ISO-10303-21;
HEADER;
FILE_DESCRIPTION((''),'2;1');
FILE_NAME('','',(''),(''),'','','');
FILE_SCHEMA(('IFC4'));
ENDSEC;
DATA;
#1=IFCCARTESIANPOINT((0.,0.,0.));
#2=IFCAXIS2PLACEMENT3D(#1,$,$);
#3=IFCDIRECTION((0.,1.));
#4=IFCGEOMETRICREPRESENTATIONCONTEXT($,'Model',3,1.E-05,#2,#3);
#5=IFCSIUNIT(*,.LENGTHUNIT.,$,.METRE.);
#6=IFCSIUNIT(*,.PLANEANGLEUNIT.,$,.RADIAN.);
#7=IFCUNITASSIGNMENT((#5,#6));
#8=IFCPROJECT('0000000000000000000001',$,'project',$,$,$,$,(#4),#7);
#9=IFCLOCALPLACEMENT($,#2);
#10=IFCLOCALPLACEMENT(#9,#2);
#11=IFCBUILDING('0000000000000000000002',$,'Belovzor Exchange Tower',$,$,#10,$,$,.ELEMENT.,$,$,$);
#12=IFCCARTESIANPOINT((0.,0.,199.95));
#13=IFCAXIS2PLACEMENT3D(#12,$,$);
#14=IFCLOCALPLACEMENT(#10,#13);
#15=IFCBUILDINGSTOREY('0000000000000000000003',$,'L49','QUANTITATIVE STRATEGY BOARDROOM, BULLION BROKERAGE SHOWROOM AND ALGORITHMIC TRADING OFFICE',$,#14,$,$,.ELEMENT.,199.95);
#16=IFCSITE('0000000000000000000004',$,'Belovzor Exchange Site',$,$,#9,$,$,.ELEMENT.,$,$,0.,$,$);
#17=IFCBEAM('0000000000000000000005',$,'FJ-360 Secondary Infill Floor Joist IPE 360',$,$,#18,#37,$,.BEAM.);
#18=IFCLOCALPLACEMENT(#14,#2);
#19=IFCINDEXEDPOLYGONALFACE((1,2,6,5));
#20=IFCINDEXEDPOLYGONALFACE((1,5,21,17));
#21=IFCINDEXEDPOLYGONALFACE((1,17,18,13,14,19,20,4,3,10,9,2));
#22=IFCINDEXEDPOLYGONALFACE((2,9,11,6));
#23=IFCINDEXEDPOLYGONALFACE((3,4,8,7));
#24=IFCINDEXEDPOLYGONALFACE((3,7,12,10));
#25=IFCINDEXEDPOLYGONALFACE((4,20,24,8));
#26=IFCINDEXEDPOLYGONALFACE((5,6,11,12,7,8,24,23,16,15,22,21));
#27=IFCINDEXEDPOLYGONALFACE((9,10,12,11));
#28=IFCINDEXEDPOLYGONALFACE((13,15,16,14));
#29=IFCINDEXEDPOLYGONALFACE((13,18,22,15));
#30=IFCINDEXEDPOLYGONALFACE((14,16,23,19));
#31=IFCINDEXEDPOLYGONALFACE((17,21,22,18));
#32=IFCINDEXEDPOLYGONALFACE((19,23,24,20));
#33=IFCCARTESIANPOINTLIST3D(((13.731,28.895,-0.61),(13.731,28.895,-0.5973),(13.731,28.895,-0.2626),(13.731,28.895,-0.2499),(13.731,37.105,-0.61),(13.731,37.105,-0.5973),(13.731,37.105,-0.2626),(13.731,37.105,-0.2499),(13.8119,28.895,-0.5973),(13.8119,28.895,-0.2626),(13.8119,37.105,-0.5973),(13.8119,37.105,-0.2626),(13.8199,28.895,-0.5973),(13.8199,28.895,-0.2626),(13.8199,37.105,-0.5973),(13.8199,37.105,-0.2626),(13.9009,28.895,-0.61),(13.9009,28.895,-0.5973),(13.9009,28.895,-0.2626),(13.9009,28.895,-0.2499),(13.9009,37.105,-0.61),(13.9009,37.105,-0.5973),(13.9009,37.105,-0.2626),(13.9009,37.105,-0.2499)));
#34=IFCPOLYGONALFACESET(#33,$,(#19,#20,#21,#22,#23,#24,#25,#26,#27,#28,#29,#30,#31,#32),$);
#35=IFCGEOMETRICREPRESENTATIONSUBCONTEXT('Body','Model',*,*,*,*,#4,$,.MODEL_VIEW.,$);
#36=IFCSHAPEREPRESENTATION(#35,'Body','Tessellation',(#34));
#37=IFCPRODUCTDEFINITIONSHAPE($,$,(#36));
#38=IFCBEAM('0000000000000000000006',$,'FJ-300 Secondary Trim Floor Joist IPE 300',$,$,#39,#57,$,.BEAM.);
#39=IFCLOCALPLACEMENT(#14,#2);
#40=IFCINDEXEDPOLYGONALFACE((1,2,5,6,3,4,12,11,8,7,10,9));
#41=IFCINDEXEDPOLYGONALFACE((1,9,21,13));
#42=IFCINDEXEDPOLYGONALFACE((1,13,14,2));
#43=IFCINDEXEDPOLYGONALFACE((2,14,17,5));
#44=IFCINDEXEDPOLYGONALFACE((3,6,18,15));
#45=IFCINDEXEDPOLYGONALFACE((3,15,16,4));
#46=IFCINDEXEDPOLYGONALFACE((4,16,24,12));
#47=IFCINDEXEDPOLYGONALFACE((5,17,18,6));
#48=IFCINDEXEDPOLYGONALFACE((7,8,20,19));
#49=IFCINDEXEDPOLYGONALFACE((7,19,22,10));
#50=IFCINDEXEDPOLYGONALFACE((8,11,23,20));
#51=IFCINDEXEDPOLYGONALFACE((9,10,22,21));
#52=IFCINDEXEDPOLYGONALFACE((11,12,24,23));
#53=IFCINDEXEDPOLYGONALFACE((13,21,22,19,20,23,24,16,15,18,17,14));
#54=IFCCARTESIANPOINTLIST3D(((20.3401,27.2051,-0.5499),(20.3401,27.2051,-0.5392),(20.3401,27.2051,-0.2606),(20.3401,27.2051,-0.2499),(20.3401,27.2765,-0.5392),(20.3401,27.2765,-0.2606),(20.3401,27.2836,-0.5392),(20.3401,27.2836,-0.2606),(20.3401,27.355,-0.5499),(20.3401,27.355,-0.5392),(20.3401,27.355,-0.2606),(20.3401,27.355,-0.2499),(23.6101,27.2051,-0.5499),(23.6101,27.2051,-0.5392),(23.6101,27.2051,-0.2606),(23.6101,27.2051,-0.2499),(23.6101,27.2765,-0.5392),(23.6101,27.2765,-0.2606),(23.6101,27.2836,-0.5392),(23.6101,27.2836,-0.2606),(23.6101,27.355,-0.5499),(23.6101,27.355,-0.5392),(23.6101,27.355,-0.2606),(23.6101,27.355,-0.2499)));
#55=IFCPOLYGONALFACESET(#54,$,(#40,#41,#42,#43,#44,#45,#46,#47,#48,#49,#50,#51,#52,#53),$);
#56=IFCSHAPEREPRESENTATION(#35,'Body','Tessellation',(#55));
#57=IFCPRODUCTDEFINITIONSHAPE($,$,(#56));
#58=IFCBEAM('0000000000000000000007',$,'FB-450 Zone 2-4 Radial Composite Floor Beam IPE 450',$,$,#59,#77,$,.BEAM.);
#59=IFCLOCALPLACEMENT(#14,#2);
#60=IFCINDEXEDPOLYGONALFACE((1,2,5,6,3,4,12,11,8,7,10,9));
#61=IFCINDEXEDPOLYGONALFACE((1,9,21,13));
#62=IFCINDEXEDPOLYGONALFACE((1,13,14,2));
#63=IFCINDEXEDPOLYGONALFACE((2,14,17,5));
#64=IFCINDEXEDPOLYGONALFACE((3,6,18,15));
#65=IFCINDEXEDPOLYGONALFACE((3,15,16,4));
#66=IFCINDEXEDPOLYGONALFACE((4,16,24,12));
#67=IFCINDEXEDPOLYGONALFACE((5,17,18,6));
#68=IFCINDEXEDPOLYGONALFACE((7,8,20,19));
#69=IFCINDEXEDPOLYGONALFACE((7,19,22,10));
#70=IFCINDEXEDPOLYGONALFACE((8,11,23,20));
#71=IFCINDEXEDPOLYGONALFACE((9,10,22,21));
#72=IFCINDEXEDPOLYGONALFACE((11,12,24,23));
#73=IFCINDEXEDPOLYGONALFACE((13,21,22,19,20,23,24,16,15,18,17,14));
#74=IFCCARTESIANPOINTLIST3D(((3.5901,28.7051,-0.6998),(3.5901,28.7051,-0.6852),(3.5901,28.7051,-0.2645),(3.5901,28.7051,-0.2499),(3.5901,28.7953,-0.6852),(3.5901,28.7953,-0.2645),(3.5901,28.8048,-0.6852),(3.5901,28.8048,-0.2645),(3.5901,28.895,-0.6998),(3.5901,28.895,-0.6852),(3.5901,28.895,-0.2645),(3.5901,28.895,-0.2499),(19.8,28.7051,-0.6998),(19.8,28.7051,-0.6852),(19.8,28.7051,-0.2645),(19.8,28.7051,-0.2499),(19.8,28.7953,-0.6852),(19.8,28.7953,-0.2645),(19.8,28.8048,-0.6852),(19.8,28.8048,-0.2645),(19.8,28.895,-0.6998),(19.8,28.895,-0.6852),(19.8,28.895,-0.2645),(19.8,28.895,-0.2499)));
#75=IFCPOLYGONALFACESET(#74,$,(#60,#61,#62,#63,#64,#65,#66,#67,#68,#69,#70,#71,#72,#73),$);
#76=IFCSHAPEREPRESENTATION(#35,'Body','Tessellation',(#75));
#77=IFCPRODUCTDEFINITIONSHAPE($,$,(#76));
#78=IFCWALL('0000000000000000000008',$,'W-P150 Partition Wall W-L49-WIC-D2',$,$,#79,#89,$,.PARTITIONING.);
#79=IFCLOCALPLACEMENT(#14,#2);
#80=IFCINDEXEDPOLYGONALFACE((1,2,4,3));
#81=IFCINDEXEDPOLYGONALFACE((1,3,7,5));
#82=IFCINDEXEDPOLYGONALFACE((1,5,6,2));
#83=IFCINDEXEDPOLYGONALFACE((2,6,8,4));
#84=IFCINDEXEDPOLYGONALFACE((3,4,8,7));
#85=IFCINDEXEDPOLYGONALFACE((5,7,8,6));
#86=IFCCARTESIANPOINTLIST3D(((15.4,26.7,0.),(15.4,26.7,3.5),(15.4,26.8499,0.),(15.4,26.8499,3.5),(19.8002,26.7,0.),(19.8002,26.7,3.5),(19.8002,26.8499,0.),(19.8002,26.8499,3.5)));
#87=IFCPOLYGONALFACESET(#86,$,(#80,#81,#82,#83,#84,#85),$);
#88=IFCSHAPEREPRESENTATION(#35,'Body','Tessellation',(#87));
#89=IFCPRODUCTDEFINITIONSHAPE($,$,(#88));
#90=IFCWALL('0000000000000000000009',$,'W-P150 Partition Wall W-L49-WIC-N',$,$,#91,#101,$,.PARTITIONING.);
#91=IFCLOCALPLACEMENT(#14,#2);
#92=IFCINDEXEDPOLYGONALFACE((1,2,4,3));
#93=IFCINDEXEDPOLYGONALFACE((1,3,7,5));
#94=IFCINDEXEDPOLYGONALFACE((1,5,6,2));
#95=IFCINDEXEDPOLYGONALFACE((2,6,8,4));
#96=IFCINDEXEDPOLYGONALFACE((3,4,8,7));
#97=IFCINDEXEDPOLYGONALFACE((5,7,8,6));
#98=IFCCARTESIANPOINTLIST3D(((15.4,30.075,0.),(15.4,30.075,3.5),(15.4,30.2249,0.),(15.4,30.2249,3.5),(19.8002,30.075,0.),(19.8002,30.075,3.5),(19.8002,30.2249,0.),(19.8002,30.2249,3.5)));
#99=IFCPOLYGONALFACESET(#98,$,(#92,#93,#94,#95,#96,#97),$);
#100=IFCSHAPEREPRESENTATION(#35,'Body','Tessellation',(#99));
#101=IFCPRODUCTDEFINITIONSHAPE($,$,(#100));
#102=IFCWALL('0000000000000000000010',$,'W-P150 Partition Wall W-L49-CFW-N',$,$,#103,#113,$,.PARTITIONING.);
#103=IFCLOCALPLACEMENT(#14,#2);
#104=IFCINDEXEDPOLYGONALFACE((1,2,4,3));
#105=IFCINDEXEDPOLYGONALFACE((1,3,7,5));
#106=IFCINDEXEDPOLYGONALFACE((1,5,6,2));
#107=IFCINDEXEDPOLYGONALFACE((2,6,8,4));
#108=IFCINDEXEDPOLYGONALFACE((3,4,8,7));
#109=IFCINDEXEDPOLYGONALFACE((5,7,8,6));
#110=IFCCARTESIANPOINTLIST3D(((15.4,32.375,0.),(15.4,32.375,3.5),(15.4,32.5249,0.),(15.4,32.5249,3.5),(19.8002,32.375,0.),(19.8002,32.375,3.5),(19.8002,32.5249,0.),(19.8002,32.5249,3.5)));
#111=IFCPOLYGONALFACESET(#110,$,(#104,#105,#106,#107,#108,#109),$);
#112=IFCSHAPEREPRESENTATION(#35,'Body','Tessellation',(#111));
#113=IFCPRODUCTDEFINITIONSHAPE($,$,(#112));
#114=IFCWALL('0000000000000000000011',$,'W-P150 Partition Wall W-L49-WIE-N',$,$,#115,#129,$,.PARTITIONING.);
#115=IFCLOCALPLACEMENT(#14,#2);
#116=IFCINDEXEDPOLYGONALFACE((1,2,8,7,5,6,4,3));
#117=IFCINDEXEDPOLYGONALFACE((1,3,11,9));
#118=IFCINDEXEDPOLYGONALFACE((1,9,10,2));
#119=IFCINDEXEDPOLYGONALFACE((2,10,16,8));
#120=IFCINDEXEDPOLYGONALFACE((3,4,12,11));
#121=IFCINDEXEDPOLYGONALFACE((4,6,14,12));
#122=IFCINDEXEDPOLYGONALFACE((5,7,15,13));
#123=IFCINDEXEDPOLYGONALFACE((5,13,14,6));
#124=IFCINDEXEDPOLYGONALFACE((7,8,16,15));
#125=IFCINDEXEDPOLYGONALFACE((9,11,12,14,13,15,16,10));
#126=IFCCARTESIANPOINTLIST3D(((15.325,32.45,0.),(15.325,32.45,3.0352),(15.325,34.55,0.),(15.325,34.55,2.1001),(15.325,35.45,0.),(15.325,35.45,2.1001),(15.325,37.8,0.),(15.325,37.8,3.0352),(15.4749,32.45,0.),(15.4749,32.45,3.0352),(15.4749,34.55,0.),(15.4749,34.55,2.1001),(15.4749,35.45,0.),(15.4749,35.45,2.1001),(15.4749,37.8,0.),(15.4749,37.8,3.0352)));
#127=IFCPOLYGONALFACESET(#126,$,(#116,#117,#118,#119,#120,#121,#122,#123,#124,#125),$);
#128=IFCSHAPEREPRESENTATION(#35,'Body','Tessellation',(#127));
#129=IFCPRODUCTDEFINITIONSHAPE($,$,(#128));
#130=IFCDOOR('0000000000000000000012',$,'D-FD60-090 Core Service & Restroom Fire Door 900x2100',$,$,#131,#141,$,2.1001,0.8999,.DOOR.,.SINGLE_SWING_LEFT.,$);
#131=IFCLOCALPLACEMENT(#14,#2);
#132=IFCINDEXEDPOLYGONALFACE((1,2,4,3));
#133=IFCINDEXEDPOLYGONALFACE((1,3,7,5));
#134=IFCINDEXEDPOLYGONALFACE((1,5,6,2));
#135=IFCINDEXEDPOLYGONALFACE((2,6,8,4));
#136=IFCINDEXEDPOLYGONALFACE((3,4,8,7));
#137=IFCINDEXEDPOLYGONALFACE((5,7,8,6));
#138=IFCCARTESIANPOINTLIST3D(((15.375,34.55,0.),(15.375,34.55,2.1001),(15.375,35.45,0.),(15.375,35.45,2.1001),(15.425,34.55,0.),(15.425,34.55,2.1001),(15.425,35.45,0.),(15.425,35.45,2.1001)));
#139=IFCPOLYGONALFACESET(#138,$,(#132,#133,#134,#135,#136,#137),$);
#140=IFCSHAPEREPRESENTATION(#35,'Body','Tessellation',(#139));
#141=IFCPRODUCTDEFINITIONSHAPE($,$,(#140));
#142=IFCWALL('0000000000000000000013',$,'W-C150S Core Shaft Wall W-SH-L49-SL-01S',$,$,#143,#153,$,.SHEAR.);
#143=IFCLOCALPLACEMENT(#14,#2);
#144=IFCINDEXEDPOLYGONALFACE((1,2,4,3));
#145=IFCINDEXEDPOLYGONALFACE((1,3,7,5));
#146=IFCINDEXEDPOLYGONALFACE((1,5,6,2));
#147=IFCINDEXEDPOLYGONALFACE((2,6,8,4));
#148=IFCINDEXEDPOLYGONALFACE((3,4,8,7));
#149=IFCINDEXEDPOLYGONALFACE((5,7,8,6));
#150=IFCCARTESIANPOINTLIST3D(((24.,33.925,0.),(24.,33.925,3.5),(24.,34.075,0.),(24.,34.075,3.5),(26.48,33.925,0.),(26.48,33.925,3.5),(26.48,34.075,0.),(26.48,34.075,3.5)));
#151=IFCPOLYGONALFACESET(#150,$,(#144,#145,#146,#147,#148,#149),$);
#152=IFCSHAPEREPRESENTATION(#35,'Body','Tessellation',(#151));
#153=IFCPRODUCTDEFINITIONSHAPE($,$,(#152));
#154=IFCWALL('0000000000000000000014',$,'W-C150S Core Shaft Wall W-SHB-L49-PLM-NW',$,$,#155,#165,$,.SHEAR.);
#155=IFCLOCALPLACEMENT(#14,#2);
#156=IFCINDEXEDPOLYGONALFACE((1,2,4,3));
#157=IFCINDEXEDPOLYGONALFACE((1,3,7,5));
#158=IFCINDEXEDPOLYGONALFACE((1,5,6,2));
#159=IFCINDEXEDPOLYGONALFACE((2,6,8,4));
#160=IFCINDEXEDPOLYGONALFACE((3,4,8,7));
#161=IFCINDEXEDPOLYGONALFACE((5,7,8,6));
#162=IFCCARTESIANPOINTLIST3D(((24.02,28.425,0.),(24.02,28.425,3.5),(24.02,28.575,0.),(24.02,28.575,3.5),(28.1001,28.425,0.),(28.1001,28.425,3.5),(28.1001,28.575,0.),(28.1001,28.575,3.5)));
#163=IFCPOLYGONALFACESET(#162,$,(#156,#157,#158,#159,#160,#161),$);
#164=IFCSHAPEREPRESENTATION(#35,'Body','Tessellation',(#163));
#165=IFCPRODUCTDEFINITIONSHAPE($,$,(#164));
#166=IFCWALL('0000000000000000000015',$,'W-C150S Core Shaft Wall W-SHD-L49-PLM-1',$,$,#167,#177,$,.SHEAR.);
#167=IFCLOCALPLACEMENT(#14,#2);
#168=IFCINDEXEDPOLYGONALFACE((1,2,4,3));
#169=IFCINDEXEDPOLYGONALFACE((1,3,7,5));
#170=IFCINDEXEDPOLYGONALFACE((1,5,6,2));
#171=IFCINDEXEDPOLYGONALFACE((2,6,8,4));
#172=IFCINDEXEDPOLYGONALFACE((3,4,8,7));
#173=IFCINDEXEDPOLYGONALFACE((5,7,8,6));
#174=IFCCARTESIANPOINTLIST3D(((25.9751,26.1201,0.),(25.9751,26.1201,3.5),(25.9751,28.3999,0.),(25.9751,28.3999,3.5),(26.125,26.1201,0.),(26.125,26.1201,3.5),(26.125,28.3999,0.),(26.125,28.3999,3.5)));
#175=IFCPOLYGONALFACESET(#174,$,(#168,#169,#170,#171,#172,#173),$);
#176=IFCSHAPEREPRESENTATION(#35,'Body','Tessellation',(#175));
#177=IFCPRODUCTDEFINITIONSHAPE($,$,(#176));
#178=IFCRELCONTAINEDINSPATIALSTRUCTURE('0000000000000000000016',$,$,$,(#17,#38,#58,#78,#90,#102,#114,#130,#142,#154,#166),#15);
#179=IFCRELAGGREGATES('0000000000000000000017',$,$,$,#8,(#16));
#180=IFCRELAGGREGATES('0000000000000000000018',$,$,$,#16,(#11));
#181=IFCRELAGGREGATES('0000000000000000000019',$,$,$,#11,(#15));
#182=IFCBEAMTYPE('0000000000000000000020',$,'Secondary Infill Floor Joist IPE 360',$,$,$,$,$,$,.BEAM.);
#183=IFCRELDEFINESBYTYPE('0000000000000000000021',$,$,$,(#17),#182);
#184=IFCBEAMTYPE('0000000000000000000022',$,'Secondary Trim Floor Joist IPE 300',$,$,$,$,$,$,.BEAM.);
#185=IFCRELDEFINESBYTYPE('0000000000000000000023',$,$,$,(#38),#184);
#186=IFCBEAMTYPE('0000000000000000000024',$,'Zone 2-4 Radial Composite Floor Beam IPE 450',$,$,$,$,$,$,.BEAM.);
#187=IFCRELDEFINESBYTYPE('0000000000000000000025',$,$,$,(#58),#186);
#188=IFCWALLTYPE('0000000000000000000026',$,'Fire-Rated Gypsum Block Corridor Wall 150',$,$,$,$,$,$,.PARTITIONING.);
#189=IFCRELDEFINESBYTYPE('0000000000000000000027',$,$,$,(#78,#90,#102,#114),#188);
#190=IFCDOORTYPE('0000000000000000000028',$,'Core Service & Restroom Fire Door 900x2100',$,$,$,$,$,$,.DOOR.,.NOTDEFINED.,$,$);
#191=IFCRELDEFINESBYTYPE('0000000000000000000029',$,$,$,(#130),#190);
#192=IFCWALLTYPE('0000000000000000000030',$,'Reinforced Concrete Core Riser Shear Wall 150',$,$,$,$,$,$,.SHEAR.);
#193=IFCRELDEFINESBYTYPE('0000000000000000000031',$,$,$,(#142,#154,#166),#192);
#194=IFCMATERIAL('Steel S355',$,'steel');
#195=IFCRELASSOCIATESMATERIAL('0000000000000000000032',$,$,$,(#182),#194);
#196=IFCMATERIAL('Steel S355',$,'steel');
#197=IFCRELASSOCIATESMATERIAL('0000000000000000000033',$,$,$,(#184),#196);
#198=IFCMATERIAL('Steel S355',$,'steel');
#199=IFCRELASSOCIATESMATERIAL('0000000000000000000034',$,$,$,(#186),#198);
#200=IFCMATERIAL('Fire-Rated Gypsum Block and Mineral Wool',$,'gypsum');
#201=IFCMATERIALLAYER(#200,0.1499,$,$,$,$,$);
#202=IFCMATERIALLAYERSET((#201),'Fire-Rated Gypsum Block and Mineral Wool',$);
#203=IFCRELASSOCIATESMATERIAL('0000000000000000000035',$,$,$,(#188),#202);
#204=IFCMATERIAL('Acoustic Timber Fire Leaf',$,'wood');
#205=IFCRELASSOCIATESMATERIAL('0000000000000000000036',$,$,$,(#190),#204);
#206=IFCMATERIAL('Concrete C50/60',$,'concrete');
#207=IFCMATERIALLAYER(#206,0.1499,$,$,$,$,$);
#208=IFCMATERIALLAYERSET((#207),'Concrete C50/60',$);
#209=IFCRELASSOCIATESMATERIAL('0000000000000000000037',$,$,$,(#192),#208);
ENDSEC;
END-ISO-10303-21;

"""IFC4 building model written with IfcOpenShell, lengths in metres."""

from ifc_helpers import new_model, si_unit, direction, frame, frame_2d, origin, origin_2d, place, context, subcontext, project, spatial, rectangle, i_section, extrude, material, layer, layer_set, material_profile, profile_set, type_object, element, fill, save


model = new_model("IFC4")

# Units and contexts
model_context = context("Model", 3, precision=1e-05, world=origin(), true_north=direction((0.0, 1.0)))
body_context = subcontext(model_context, "Body", "Model", "MODEL_VIEW")
ifc_project = project(units=[si_unit("LENGTHUNIT", "METRE"), si_unit("PLANEANGLEUNIT", "RADIAN")], contexts=[model_context])

# Site, building, storey
site_placement = place(None, origin())
site = spatial("IfcSite", under=ifc_project, at=site_placement, Name="Belovzor Exchange Site", CompositionType="ELEMENT", RefElevation=0.0)
building_placement = place(site_placement, origin())
building = spatial("IfcBuilding", under=site, at=building_placement, Name="Belovzor Exchange Tower", CompositionType="ELEMENT")
storey_placement = place(building_placement, frame((0.0, 0.0, 199.95)))
storey = spatial("IfcBuildingStorey", under=building, at=storey_placement, Name="L49", Description="QUANTITATIVE STRATEGY BOARDROOM, BULLION BROKERAGE SHOWROOM AND ALGORITHMIC TRADING OFFICE", CompositionType="ELEMENT", Elevation=199.95)

# Beams
ifc_material_1 = material(Name="Steel S355", Category="steel")
ifc_material_profile_1 = material_profile(ifc_material_1, i_section(OverallWidth=0.1699, OverallDepth=0.3601, WebThickness=0.0081, FlangeThickness=0.0127, at=origin_2d()))
ifc_profile_set_1 = profile_set([ifc_material_profile_1], Name="Steel S355")
beam_type_1 = type_object("IfcBeamType", Name="Secondary Infill Floor Joist IPE 360", PredefinedType="BEAM", material=ifc_profile_set_1)
beam_1_placement = place(storey_placement, frame((13.8159, 28.895, -0.4299), z_axis=(0.0, 1.0, 0.0), x_axis=(-1.0, 0.0, 0.0)))
element("IfcBeam", 1, at=beam_1_placement, inside=storey, type_object=beam_type_1, Name="FJ-360 Secondary Infill Floor Joist IPE 360", PredefinedType="BEAM", context=body_context, shape_type="SweptSolid", body=[
    extrude(i_section(OverallWidth=0.1699, OverallDepth=0.3601, WebThickness=0.0081, FlangeThickness=0.0127, at=origin_2d()), origin(), (0.0, 0.0, 1.0), 8.21),
])
ifc_material_2 = material(Name="Steel S355", Category="steel")
ifc_material_profile_2 = material_profile(ifc_material_2, i_section(OverallWidth=0.1499, OverallDepth=0.3, WebThickness=0.0071, FlangeThickness=0.0107, at=origin_2d()))
ifc_profile_set_2 = profile_set([ifc_material_profile_2], Name="Steel S355")
beam_type_2 = type_object("IfcBeamType", Name="Secondary Trim Floor Joist IPE 300", PredefinedType="BEAM", material=ifc_profile_set_2)
beam_2_placement = place(storey_placement, frame((20.3401, 27.28, -0.3999), z_axis=(1.0, 0.0, 0.0), x_axis=(0.0, 1.0, 0.0)))
element("IfcBeam", 2, at=beam_2_placement, inside=storey, type_object=beam_type_2, Name="FJ-300 Secondary Trim Floor Joist IPE 300", PredefinedType="BEAM", context=body_context, shape_type="SweptSolid", body=[
    extrude(i_section(OverallWidth=0.1499, OverallDepth=0.3, WebThickness=0.0071, FlangeThickness=0.0107, at=origin_2d()), origin(), (0.0, 0.0, 1.0), 3.27),
])
ifc_material_3 = material(Name="Steel S355", Category="steel")
ifc_material_profile_3 = material_profile(ifc_material_3, i_section(OverallWidth=0.1899, OverallDepth=0.45, WebThickness=0.0095, FlangeThickness=0.0146, at=origin_2d()))
ifc_profile_set_3 = profile_set([ifc_material_profile_3], Name="Steel S355")
beam_type_3 = type_object("IfcBeamType", Name="Zone 2-4 Radial Composite Floor Beam IPE 450", PredefinedType="BEAM", material=ifc_profile_set_3)
beam_3_placement = place(storey_placement, frame((19.8, 28.8, -0.4749), z_axis=(-1.0, 0.0, 0.0), x_axis=(0.0, -1.0, 0.0)))
element("IfcBeam", 3, at=beam_3_placement, inside=storey, type_object=beam_type_3, Name="FB-450 Zone 2-4 Radial Composite Floor Beam IPE 450", PredefinedType="BEAM", context=body_context, shape_type="SweptSolid", body=[
    extrude(i_section(OverallWidth=0.1899, OverallDepth=0.45, WebThickness=0.0095, FlangeThickness=0.0146, at=origin_2d()), origin(), (0.0, 0.0, 1.0), 16.21),
])

# Walls
ifc_material_4 = material(Name="Fire-Rated Gypsum Block and Mineral Wool", Category="gypsum")
ifc_layer_1 = layer(ifc_material_4, 0.1499)
ifc_layer_set_1 = layer_set([ifc_layer_1], Name="Fire-Rated Gypsum Block and Mineral Wool")
wall_type_1 = type_object("IfcWallType", Name="Fire-Rated Gypsum Block Corridor Wall 150", PredefinedType="PARTITIONING", material=ifc_layer_set_1)
for number, where, z_axis, x_axis, name in (
    (4, (15.3999, 26.7749, 0.0), (0.0, 0.0, 1.0), (1.0, 0.0, 0.0), "W-P150 Partition Wall W-L49-WIC-D2"),
    (5, (15.3999, 30.1499, 0.0), (0.0, 0.0, 1.0), (1.0, 0.0, 0.0), "W-P150 Partition Wall W-L49-WIC-N"),
    (6, (15.3999, 32.45, 0.0), (0.0, 0.0, 1.0), (1.0, 0.0, 0.0), "W-P150 Partition Wall W-L49-CFW-N"),
):
    element("IfcWall", number, at=place(storey_placement, frame(where, z_axis=z_axis, x_axis=x_axis)), inside=storey, type_object=wall_type_1, Name=name, PredefinedType="PARTITIONING", context=body_context, shape_type="SweptSolid", body=[
        extrude(rectangle(XDim=4.4001, YDim=0.1499, at=frame_2d((2.2002, 0.0))), origin(), (0.0, 0.0, 1.0), 3.5),
    ])

# Wall, opening, door
wall_1_placement = place(storey_placement, frame((15.3999, 32.45, 0.0), z_axis=(0.0, 0.0, 1.0), x_axis=(0.0, 1.0, 0.0)))
wall_1 = element("IfcWall", 7, at=wall_1_placement, inside=storey, type_object=wall_type_1, Name="W-P150 Partition Wall W-L49-WIE-N", PredefinedType="PARTITIONING", context=body_context, shape_type="SweptSolid", body=[
    extrude(rectangle(XDim=5.3501, YDim=0.1499, at=frame_2d((2.675, 0.0))), origin(), (0.0, 0.0, 1.0), 3.0352),
])
opening_1_placement = place(wall_1_placement, frame((2.1001, 0.0, 0.0)))
opening_1 = element("IfcOpeningElement", 8, at=opening_1_placement, cuts=wall_1, PredefinedType="OPENING", context=body_context, shape_type="SweptSolid", body=[
    extrude(rectangle(XDim=0.8999, YDim=2.1001, at=frame_2d((0.45, 1.05))), frame((0.0, 0.085, 0.0), z_axis=(0.0, -1.0, 0.0), x_axis=(1.0, 0.0, 0.0)), (0.0, 0.0, 1.0), 0.1699),
])
ifc_material_5 = material(Name="Acoustic Timber Fire Leaf", Category="wood")
door_type_1 = type_object("IfcDoorType", Name="Core Service & Restroom Fire Door 900x2100", OperationType="NOTDEFINED", PredefinedType="DOOR", material=ifc_material_5)
door_1_placement = place(opening_1_placement, origin())
door_1 = element("IfcDoor", 9, at=door_1_placement, inside=storey, type_object=door_type_1, Name="D-FD60-090 Core Service & Restroom Fire Door 900x2100", OperationType="SINGLE_SWING_LEFT", OverallHeight=2.1001, OverallWidth=0.8999, PredefinedType="DOOR", context=body_context, shape_type="SweptSolid", body=[
    extrude(rectangle(XDim=0.8999, YDim=2.1001, at=frame_2d((0.45, 1.05))), frame((0.0, 0.0249, 0.0), z_axis=(0.0, -1.0, 0.0), x_axis=(1.0, 0.0, 0.0)), (0.0, 0.0, 1.0), 0.05),
])
fill(opening_1, door_1)

# Walls
ifc_material_6 = material(Name="Concrete C50/60", Category="concrete")
ifc_layer_2 = layer(ifc_material_6, 0.1499)
ifc_layer_set_2 = layer_set([ifc_layer_2], Name="Concrete C50/60")
wall_type_2 = type_object("IfcWallType", Name="Reinforced Concrete Core Riser Shear Wall 150", PredefinedType="SHEAR", material=ifc_layer_set_2)
wall_2_placement = place(storey_placement, frame((24.0, 34.0, 0.0), z_axis=(0.0, 0.0, 1.0), x_axis=(1.0, 0.0, 0.0)))
element("IfcWall", 10, at=wall_2_placement, inside=storey, type_object=wall_type_2, Name="W-C150S Core Shaft Wall W-SH-L49-SL-01S", PredefinedType="SHEAR", context=body_context, shape_type="SweptSolid", body=[
    extrude(rectangle(XDim=2.48, YDim=0.1499, at=frame_2d((1.24, 0.0))), origin(), (0.0, 0.0, 1.0), 3.5),
])
wall_3_placement = place(storey_placement, frame((24.02, 28.5, 0.0), z_axis=(0.0, 0.0, 1.0), x_axis=(1.0, 0.0, 0.0)))
element("IfcWall", 11, at=wall_3_placement, inside=storey, type_object=wall_type_2, Name="W-C150S Core Shaft Wall W-SHB-L49-PLM-NW", PredefinedType="SHEAR", context=body_context, shape_type="SweptSolid", body=[
    extrude(rectangle(XDim=4.0801, YDim=0.1499, at=frame_2d((2.04, 0.0))), origin(), (0.0, 0.0, 1.0), 3.5),
])
wall_4_placement = place(storey_placement, frame((26.05, 26.1201, 0.0), z_axis=(0.0, 0.0, 1.0), x_axis=(0.0, 1.0, 0.0)))
element("IfcWall", 12, at=wall_4_placement, inside=storey, type_object=wall_type_2, Name="W-C150S Core Shaft Wall W-SHD-L49-PLM-1", PredefinedType="SHEAR", context=body_context, shape_type="SweptSolid", body=[
    extrude(rectangle(XDim=2.2798, YDim=0.1499, at=frame_2d((1.1399, 0.0))), origin(), (0.0, 0.0, 1.0), 3.5),
])

save(model, "model.ifc")
